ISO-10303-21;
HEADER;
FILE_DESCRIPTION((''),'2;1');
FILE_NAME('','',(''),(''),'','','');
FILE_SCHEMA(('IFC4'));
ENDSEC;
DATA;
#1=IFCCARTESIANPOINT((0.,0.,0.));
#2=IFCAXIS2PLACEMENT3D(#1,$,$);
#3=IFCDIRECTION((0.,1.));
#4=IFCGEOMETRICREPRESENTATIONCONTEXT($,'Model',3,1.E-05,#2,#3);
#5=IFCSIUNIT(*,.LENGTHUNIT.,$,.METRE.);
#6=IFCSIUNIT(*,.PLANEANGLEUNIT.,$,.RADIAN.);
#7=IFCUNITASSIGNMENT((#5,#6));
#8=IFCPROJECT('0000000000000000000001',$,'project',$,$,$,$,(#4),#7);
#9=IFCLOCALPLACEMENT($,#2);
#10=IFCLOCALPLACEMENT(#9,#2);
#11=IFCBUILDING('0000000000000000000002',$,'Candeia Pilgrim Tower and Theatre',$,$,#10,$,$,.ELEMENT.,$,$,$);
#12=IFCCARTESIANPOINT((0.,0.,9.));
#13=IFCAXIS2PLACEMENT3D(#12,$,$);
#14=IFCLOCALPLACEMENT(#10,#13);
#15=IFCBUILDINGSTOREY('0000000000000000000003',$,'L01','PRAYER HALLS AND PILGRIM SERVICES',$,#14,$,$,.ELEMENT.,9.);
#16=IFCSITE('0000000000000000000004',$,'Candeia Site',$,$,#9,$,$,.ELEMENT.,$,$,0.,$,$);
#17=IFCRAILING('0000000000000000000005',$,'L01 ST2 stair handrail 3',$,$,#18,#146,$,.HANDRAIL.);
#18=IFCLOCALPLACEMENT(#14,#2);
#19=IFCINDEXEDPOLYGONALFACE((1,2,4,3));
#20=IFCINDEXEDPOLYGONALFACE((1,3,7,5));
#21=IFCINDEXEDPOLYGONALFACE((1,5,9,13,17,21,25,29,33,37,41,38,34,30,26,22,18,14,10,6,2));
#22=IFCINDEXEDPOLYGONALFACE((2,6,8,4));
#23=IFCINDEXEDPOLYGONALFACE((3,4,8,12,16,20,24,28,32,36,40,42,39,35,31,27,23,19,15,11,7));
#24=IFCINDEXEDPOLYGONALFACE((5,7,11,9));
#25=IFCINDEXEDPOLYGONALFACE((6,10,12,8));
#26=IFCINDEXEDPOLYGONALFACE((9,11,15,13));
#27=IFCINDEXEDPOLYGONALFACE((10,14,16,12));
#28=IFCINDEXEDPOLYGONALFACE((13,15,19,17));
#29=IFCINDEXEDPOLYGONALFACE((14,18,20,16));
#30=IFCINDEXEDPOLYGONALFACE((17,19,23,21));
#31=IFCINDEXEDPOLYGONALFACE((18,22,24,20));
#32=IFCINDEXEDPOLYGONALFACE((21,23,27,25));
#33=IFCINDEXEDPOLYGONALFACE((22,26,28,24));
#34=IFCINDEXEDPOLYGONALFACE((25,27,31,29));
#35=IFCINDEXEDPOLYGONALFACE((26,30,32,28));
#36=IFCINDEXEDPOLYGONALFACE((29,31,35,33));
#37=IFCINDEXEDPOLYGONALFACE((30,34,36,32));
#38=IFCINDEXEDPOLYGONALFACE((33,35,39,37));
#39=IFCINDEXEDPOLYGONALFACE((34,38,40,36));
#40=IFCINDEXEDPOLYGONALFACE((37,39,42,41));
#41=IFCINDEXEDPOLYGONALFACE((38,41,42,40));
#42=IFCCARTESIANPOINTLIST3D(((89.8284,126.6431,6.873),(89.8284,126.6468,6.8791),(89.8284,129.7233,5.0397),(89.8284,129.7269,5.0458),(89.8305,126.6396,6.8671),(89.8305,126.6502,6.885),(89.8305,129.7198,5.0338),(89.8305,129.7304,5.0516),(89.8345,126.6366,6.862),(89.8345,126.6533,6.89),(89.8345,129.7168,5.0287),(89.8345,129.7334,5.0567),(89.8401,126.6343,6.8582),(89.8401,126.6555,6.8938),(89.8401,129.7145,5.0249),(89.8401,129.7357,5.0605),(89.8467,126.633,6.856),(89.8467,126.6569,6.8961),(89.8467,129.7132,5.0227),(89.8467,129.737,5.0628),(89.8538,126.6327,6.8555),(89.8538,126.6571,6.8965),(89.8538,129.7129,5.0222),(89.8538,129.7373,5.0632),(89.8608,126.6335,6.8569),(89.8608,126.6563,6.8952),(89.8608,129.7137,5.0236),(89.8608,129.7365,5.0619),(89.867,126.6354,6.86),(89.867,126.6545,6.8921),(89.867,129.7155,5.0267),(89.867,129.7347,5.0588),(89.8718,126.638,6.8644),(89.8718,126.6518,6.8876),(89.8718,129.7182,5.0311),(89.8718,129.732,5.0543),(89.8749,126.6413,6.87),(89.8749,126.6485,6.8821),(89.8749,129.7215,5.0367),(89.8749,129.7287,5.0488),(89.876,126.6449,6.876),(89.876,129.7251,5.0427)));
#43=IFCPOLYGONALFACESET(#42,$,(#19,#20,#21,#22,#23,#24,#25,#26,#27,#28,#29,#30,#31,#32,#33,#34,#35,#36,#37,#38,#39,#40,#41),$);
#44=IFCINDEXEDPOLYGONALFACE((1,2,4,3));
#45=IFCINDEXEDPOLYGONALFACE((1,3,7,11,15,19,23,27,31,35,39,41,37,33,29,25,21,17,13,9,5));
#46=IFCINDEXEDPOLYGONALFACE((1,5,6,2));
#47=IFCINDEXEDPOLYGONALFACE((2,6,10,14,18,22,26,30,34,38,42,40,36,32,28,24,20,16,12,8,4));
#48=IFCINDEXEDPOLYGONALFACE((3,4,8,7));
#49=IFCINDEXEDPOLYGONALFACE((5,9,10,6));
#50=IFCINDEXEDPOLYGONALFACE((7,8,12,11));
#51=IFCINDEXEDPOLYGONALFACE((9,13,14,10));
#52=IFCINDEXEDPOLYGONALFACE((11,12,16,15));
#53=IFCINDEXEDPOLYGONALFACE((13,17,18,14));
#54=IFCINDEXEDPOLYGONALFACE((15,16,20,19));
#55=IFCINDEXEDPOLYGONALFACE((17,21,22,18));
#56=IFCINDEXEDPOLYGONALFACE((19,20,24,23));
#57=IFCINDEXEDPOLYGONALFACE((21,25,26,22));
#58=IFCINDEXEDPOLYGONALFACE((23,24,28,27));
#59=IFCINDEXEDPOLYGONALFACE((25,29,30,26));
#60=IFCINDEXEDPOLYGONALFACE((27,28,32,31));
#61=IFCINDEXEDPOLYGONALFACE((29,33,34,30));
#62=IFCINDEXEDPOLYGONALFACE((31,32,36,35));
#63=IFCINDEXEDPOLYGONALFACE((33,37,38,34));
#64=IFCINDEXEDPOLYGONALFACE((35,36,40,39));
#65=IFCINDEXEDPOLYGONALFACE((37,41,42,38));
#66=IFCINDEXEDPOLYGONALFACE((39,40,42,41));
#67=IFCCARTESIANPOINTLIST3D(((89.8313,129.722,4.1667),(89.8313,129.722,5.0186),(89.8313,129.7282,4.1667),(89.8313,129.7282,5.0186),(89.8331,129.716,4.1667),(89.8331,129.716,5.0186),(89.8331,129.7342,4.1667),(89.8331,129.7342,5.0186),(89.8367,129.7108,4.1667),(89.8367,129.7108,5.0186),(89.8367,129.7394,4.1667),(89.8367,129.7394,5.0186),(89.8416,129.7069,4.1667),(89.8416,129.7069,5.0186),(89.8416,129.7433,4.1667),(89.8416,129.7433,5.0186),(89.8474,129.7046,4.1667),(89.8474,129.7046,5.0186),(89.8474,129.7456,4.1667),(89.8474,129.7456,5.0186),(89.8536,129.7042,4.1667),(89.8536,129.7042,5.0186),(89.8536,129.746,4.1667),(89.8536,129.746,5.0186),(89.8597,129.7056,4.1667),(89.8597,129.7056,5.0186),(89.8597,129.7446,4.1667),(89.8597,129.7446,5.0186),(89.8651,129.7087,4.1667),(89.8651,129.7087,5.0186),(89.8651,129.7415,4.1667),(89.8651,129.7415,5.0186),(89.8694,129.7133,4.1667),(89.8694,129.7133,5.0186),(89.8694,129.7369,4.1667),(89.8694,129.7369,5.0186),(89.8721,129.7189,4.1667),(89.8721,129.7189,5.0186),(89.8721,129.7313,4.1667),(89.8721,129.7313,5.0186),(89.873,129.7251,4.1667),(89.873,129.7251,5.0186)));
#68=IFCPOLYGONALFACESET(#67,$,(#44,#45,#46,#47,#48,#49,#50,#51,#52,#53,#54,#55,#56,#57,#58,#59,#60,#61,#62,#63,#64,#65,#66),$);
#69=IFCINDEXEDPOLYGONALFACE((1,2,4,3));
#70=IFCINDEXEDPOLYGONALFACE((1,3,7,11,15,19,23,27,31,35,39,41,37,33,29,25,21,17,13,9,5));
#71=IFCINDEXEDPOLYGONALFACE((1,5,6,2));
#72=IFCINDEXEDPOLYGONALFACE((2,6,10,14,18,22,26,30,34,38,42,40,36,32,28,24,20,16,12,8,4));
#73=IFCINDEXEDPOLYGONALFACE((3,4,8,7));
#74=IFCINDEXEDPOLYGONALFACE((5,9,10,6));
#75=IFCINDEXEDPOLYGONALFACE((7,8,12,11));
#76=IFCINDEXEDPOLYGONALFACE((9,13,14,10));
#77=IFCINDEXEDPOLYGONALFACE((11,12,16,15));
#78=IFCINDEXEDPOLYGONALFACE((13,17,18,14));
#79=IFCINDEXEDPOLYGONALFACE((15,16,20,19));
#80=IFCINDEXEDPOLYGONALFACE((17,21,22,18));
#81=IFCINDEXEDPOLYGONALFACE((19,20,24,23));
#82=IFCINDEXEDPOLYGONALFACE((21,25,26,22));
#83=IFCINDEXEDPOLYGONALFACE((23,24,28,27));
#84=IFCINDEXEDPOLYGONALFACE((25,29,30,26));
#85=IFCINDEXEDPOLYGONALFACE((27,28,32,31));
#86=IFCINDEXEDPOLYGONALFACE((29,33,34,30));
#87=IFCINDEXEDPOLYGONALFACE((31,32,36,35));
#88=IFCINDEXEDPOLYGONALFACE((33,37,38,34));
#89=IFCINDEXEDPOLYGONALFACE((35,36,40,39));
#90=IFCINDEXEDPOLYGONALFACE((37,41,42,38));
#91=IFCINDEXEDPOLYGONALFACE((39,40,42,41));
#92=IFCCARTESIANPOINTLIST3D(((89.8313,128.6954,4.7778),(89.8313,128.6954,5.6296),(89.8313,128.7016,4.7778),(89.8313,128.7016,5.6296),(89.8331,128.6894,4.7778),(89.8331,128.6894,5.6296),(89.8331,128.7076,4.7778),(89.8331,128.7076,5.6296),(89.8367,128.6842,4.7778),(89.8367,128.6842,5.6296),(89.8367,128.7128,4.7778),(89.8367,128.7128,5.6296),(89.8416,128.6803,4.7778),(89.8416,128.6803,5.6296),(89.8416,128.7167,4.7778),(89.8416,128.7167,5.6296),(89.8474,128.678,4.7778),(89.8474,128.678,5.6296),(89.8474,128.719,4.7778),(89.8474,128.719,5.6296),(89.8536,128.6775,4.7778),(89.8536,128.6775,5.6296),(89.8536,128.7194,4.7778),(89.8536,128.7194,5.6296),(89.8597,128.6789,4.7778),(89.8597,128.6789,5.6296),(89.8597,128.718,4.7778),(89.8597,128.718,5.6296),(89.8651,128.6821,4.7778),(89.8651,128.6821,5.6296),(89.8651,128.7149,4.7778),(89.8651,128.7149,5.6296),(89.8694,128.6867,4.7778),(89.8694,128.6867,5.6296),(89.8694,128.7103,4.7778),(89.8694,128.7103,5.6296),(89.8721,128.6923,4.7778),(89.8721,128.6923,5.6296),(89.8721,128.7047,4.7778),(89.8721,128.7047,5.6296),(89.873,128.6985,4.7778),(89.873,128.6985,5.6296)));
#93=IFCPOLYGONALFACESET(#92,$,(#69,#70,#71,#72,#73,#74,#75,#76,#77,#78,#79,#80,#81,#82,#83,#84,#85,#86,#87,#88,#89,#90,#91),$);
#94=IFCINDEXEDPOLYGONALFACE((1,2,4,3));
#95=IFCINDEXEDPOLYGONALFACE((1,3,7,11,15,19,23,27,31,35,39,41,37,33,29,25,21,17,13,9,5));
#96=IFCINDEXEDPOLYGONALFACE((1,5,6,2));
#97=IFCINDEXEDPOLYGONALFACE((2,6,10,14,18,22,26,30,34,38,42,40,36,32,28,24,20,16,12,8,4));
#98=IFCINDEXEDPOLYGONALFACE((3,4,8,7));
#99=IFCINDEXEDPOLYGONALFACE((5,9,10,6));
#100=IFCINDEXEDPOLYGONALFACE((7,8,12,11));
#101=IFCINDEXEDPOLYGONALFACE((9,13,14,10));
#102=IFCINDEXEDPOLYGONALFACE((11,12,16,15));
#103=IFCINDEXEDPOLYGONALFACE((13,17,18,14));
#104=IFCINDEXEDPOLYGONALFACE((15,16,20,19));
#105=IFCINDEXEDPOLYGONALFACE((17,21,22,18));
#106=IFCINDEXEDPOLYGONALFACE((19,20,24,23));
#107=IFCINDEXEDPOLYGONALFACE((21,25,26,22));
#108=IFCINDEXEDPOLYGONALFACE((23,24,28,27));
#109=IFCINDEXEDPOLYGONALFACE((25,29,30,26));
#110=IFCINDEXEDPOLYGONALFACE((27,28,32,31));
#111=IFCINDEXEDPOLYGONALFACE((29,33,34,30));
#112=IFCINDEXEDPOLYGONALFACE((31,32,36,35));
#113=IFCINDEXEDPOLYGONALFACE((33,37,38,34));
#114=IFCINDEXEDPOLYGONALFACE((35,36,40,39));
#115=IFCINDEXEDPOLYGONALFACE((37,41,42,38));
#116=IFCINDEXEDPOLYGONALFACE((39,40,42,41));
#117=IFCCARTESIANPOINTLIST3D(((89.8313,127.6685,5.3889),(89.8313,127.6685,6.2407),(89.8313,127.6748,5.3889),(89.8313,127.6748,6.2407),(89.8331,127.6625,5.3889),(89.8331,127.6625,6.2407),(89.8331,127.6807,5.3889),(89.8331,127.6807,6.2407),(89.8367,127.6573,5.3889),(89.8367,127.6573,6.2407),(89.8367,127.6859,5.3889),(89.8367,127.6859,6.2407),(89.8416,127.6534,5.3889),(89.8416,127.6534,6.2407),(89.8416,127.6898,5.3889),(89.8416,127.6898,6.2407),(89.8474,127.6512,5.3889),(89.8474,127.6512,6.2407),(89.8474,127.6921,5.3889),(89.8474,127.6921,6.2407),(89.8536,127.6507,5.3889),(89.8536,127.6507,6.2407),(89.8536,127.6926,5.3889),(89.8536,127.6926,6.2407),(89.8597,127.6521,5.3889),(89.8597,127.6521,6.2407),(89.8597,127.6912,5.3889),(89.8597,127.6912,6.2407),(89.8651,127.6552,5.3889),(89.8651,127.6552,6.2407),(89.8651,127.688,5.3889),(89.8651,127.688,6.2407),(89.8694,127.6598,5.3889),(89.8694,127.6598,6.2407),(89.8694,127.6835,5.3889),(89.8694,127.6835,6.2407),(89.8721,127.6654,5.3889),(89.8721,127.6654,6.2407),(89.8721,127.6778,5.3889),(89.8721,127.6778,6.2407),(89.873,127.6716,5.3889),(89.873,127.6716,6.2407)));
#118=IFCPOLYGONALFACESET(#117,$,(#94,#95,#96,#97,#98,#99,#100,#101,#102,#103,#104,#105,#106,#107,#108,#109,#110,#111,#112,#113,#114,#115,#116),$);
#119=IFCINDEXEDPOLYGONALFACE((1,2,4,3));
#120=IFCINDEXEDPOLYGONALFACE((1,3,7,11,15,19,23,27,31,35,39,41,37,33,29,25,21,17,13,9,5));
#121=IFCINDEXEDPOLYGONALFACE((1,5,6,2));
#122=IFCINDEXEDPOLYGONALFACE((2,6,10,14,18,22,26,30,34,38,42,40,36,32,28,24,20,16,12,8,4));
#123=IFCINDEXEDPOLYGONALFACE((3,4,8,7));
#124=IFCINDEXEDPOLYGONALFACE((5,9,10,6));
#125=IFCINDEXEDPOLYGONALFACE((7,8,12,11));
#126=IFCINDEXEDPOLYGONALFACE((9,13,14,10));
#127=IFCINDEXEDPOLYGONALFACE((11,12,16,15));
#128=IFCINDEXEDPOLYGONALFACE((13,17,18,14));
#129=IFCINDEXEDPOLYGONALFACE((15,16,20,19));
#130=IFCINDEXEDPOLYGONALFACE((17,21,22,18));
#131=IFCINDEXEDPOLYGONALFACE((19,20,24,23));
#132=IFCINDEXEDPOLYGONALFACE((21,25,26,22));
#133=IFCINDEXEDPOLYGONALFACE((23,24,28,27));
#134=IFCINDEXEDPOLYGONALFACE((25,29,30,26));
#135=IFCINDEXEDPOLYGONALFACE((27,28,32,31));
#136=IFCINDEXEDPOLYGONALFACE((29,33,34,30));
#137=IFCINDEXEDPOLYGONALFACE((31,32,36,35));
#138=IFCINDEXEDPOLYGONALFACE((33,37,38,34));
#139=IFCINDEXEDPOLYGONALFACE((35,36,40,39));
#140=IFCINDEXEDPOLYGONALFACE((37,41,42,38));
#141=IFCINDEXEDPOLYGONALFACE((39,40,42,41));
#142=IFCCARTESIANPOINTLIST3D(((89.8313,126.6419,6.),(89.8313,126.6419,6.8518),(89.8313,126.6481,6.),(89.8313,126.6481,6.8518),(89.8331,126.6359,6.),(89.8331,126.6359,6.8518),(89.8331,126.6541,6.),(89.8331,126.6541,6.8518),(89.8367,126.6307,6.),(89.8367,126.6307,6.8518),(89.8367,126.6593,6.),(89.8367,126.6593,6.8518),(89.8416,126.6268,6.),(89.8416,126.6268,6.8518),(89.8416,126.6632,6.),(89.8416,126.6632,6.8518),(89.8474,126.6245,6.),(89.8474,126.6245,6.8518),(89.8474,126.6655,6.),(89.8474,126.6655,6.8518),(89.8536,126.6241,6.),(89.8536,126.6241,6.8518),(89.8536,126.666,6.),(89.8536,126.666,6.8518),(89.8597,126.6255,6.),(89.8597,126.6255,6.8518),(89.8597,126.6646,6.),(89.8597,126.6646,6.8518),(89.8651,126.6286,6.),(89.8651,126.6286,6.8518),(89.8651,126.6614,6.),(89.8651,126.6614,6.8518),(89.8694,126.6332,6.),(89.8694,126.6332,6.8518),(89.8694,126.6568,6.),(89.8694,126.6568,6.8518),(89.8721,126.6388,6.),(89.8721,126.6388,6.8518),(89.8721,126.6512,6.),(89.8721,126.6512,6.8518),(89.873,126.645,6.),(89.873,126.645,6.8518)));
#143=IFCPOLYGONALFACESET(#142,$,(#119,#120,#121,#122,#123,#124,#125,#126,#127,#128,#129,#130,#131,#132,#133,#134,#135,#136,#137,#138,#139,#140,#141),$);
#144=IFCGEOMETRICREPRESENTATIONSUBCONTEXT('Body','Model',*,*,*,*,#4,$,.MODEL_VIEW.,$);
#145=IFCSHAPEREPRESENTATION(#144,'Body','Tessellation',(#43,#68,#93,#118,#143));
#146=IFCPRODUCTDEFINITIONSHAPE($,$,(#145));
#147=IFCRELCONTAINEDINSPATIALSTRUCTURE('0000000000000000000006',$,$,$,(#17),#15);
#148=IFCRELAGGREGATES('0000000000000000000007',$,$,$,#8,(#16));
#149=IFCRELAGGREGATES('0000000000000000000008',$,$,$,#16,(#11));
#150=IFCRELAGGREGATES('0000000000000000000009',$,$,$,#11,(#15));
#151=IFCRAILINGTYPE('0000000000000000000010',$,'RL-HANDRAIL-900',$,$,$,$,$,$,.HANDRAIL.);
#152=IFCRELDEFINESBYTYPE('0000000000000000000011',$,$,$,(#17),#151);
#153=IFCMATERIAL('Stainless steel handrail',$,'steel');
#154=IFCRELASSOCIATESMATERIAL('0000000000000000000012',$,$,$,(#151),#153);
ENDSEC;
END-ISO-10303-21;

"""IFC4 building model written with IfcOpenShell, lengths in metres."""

from ifc_helpers import new_model, si_unit, direction, frame, origin, origin_2d, place, context, subcontext, project, spatial, circle, extrude, material, type_object, element, save


model = new_model("IFC4")

# Units and contexts
model_context = context("Model", 3, precision=1e-05, world=origin(), true_north=direction((0.0, 1.0)))
body_context = subcontext(model_context, "Body", "Model", "MODEL_VIEW")
ifc_project = project(units=[si_unit("LENGTHUNIT", "METRE"), si_unit("PLANEANGLEUNIT", "RADIAN")], contexts=[model_context])

# Site, building, storey
site_placement = place(None, origin())
site = spatial("IfcSite", under=ifc_project, at=site_placement, Name="Candeia Site", CompositionType="ELEMENT", RefElevation=0.0)
building_placement = place(site_placement, origin())
building = spatial("IfcBuilding", under=site, at=building_placement, Name="Candeia Pilgrim Tower and Theatre", CompositionType="ELEMENT")
storey_placement = place(building_placement, frame((0.0, 0.0, 9.0)))
storey = spatial("IfcBuildingStorey", under=building, at=storey_placement, Name="L01", Description="PRAYER HALLS AND PILGRIM SERVICES", CompositionType="ELEMENT", Elevation=9.0)

# Railing
ifc_material_1 = material(Name="Stainless steel handrail", Category="steel")
railing_type_1 = type_object("IfcRailingType", Name="RL-HANDRAIL-900", PredefinedType="HANDRAIL", material=ifc_material_1)
for number, where, name in (
    (1, (89.8521, 129.7251, 4.1667), "L01 ST2 stair handrail 3"),
):
    element("IfcRailing", number, at=place(storey_placement, frame(where)), inside=storey, type_object=railing_type_1, Name=name, PredefinedType="HANDRAIL", context=body_context, shape_type="SweptSolid", body=[
        extrude(circle(Radius=0.0239, at=origin_2d()), frame((0.0, 0.0, 0.876), z_axis=(0.0, -0.859309, 0.511458), x_axis=(1.0, 0.0, 0.0)), (0.0, 0.0, 1.0), 3.5845),
        extrude(circle(Radius=0.021, at=origin_2d()), origin(), (0.0, 0.0, 1.0), 0.8518),
        extrude(circle(Radius=0.021, at=origin_2d()), frame((0.0, -1.0266, 0.6111)), (0.0, 0.0, 1.0), 0.8518),
        extrude(circle(Radius=0.021, at=origin_2d()), frame((0.0, -2.0535, 1.2222)), (0.0, 0.0, 1.0), 0.8518),
        extrude(circle(Radius=0.021, at=origin_2d()), frame((0.0, -3.0801, 1.8333)), (0.0, 0.0, 1.0), 0.8518),
    ])

save(model, "model.ifc")
